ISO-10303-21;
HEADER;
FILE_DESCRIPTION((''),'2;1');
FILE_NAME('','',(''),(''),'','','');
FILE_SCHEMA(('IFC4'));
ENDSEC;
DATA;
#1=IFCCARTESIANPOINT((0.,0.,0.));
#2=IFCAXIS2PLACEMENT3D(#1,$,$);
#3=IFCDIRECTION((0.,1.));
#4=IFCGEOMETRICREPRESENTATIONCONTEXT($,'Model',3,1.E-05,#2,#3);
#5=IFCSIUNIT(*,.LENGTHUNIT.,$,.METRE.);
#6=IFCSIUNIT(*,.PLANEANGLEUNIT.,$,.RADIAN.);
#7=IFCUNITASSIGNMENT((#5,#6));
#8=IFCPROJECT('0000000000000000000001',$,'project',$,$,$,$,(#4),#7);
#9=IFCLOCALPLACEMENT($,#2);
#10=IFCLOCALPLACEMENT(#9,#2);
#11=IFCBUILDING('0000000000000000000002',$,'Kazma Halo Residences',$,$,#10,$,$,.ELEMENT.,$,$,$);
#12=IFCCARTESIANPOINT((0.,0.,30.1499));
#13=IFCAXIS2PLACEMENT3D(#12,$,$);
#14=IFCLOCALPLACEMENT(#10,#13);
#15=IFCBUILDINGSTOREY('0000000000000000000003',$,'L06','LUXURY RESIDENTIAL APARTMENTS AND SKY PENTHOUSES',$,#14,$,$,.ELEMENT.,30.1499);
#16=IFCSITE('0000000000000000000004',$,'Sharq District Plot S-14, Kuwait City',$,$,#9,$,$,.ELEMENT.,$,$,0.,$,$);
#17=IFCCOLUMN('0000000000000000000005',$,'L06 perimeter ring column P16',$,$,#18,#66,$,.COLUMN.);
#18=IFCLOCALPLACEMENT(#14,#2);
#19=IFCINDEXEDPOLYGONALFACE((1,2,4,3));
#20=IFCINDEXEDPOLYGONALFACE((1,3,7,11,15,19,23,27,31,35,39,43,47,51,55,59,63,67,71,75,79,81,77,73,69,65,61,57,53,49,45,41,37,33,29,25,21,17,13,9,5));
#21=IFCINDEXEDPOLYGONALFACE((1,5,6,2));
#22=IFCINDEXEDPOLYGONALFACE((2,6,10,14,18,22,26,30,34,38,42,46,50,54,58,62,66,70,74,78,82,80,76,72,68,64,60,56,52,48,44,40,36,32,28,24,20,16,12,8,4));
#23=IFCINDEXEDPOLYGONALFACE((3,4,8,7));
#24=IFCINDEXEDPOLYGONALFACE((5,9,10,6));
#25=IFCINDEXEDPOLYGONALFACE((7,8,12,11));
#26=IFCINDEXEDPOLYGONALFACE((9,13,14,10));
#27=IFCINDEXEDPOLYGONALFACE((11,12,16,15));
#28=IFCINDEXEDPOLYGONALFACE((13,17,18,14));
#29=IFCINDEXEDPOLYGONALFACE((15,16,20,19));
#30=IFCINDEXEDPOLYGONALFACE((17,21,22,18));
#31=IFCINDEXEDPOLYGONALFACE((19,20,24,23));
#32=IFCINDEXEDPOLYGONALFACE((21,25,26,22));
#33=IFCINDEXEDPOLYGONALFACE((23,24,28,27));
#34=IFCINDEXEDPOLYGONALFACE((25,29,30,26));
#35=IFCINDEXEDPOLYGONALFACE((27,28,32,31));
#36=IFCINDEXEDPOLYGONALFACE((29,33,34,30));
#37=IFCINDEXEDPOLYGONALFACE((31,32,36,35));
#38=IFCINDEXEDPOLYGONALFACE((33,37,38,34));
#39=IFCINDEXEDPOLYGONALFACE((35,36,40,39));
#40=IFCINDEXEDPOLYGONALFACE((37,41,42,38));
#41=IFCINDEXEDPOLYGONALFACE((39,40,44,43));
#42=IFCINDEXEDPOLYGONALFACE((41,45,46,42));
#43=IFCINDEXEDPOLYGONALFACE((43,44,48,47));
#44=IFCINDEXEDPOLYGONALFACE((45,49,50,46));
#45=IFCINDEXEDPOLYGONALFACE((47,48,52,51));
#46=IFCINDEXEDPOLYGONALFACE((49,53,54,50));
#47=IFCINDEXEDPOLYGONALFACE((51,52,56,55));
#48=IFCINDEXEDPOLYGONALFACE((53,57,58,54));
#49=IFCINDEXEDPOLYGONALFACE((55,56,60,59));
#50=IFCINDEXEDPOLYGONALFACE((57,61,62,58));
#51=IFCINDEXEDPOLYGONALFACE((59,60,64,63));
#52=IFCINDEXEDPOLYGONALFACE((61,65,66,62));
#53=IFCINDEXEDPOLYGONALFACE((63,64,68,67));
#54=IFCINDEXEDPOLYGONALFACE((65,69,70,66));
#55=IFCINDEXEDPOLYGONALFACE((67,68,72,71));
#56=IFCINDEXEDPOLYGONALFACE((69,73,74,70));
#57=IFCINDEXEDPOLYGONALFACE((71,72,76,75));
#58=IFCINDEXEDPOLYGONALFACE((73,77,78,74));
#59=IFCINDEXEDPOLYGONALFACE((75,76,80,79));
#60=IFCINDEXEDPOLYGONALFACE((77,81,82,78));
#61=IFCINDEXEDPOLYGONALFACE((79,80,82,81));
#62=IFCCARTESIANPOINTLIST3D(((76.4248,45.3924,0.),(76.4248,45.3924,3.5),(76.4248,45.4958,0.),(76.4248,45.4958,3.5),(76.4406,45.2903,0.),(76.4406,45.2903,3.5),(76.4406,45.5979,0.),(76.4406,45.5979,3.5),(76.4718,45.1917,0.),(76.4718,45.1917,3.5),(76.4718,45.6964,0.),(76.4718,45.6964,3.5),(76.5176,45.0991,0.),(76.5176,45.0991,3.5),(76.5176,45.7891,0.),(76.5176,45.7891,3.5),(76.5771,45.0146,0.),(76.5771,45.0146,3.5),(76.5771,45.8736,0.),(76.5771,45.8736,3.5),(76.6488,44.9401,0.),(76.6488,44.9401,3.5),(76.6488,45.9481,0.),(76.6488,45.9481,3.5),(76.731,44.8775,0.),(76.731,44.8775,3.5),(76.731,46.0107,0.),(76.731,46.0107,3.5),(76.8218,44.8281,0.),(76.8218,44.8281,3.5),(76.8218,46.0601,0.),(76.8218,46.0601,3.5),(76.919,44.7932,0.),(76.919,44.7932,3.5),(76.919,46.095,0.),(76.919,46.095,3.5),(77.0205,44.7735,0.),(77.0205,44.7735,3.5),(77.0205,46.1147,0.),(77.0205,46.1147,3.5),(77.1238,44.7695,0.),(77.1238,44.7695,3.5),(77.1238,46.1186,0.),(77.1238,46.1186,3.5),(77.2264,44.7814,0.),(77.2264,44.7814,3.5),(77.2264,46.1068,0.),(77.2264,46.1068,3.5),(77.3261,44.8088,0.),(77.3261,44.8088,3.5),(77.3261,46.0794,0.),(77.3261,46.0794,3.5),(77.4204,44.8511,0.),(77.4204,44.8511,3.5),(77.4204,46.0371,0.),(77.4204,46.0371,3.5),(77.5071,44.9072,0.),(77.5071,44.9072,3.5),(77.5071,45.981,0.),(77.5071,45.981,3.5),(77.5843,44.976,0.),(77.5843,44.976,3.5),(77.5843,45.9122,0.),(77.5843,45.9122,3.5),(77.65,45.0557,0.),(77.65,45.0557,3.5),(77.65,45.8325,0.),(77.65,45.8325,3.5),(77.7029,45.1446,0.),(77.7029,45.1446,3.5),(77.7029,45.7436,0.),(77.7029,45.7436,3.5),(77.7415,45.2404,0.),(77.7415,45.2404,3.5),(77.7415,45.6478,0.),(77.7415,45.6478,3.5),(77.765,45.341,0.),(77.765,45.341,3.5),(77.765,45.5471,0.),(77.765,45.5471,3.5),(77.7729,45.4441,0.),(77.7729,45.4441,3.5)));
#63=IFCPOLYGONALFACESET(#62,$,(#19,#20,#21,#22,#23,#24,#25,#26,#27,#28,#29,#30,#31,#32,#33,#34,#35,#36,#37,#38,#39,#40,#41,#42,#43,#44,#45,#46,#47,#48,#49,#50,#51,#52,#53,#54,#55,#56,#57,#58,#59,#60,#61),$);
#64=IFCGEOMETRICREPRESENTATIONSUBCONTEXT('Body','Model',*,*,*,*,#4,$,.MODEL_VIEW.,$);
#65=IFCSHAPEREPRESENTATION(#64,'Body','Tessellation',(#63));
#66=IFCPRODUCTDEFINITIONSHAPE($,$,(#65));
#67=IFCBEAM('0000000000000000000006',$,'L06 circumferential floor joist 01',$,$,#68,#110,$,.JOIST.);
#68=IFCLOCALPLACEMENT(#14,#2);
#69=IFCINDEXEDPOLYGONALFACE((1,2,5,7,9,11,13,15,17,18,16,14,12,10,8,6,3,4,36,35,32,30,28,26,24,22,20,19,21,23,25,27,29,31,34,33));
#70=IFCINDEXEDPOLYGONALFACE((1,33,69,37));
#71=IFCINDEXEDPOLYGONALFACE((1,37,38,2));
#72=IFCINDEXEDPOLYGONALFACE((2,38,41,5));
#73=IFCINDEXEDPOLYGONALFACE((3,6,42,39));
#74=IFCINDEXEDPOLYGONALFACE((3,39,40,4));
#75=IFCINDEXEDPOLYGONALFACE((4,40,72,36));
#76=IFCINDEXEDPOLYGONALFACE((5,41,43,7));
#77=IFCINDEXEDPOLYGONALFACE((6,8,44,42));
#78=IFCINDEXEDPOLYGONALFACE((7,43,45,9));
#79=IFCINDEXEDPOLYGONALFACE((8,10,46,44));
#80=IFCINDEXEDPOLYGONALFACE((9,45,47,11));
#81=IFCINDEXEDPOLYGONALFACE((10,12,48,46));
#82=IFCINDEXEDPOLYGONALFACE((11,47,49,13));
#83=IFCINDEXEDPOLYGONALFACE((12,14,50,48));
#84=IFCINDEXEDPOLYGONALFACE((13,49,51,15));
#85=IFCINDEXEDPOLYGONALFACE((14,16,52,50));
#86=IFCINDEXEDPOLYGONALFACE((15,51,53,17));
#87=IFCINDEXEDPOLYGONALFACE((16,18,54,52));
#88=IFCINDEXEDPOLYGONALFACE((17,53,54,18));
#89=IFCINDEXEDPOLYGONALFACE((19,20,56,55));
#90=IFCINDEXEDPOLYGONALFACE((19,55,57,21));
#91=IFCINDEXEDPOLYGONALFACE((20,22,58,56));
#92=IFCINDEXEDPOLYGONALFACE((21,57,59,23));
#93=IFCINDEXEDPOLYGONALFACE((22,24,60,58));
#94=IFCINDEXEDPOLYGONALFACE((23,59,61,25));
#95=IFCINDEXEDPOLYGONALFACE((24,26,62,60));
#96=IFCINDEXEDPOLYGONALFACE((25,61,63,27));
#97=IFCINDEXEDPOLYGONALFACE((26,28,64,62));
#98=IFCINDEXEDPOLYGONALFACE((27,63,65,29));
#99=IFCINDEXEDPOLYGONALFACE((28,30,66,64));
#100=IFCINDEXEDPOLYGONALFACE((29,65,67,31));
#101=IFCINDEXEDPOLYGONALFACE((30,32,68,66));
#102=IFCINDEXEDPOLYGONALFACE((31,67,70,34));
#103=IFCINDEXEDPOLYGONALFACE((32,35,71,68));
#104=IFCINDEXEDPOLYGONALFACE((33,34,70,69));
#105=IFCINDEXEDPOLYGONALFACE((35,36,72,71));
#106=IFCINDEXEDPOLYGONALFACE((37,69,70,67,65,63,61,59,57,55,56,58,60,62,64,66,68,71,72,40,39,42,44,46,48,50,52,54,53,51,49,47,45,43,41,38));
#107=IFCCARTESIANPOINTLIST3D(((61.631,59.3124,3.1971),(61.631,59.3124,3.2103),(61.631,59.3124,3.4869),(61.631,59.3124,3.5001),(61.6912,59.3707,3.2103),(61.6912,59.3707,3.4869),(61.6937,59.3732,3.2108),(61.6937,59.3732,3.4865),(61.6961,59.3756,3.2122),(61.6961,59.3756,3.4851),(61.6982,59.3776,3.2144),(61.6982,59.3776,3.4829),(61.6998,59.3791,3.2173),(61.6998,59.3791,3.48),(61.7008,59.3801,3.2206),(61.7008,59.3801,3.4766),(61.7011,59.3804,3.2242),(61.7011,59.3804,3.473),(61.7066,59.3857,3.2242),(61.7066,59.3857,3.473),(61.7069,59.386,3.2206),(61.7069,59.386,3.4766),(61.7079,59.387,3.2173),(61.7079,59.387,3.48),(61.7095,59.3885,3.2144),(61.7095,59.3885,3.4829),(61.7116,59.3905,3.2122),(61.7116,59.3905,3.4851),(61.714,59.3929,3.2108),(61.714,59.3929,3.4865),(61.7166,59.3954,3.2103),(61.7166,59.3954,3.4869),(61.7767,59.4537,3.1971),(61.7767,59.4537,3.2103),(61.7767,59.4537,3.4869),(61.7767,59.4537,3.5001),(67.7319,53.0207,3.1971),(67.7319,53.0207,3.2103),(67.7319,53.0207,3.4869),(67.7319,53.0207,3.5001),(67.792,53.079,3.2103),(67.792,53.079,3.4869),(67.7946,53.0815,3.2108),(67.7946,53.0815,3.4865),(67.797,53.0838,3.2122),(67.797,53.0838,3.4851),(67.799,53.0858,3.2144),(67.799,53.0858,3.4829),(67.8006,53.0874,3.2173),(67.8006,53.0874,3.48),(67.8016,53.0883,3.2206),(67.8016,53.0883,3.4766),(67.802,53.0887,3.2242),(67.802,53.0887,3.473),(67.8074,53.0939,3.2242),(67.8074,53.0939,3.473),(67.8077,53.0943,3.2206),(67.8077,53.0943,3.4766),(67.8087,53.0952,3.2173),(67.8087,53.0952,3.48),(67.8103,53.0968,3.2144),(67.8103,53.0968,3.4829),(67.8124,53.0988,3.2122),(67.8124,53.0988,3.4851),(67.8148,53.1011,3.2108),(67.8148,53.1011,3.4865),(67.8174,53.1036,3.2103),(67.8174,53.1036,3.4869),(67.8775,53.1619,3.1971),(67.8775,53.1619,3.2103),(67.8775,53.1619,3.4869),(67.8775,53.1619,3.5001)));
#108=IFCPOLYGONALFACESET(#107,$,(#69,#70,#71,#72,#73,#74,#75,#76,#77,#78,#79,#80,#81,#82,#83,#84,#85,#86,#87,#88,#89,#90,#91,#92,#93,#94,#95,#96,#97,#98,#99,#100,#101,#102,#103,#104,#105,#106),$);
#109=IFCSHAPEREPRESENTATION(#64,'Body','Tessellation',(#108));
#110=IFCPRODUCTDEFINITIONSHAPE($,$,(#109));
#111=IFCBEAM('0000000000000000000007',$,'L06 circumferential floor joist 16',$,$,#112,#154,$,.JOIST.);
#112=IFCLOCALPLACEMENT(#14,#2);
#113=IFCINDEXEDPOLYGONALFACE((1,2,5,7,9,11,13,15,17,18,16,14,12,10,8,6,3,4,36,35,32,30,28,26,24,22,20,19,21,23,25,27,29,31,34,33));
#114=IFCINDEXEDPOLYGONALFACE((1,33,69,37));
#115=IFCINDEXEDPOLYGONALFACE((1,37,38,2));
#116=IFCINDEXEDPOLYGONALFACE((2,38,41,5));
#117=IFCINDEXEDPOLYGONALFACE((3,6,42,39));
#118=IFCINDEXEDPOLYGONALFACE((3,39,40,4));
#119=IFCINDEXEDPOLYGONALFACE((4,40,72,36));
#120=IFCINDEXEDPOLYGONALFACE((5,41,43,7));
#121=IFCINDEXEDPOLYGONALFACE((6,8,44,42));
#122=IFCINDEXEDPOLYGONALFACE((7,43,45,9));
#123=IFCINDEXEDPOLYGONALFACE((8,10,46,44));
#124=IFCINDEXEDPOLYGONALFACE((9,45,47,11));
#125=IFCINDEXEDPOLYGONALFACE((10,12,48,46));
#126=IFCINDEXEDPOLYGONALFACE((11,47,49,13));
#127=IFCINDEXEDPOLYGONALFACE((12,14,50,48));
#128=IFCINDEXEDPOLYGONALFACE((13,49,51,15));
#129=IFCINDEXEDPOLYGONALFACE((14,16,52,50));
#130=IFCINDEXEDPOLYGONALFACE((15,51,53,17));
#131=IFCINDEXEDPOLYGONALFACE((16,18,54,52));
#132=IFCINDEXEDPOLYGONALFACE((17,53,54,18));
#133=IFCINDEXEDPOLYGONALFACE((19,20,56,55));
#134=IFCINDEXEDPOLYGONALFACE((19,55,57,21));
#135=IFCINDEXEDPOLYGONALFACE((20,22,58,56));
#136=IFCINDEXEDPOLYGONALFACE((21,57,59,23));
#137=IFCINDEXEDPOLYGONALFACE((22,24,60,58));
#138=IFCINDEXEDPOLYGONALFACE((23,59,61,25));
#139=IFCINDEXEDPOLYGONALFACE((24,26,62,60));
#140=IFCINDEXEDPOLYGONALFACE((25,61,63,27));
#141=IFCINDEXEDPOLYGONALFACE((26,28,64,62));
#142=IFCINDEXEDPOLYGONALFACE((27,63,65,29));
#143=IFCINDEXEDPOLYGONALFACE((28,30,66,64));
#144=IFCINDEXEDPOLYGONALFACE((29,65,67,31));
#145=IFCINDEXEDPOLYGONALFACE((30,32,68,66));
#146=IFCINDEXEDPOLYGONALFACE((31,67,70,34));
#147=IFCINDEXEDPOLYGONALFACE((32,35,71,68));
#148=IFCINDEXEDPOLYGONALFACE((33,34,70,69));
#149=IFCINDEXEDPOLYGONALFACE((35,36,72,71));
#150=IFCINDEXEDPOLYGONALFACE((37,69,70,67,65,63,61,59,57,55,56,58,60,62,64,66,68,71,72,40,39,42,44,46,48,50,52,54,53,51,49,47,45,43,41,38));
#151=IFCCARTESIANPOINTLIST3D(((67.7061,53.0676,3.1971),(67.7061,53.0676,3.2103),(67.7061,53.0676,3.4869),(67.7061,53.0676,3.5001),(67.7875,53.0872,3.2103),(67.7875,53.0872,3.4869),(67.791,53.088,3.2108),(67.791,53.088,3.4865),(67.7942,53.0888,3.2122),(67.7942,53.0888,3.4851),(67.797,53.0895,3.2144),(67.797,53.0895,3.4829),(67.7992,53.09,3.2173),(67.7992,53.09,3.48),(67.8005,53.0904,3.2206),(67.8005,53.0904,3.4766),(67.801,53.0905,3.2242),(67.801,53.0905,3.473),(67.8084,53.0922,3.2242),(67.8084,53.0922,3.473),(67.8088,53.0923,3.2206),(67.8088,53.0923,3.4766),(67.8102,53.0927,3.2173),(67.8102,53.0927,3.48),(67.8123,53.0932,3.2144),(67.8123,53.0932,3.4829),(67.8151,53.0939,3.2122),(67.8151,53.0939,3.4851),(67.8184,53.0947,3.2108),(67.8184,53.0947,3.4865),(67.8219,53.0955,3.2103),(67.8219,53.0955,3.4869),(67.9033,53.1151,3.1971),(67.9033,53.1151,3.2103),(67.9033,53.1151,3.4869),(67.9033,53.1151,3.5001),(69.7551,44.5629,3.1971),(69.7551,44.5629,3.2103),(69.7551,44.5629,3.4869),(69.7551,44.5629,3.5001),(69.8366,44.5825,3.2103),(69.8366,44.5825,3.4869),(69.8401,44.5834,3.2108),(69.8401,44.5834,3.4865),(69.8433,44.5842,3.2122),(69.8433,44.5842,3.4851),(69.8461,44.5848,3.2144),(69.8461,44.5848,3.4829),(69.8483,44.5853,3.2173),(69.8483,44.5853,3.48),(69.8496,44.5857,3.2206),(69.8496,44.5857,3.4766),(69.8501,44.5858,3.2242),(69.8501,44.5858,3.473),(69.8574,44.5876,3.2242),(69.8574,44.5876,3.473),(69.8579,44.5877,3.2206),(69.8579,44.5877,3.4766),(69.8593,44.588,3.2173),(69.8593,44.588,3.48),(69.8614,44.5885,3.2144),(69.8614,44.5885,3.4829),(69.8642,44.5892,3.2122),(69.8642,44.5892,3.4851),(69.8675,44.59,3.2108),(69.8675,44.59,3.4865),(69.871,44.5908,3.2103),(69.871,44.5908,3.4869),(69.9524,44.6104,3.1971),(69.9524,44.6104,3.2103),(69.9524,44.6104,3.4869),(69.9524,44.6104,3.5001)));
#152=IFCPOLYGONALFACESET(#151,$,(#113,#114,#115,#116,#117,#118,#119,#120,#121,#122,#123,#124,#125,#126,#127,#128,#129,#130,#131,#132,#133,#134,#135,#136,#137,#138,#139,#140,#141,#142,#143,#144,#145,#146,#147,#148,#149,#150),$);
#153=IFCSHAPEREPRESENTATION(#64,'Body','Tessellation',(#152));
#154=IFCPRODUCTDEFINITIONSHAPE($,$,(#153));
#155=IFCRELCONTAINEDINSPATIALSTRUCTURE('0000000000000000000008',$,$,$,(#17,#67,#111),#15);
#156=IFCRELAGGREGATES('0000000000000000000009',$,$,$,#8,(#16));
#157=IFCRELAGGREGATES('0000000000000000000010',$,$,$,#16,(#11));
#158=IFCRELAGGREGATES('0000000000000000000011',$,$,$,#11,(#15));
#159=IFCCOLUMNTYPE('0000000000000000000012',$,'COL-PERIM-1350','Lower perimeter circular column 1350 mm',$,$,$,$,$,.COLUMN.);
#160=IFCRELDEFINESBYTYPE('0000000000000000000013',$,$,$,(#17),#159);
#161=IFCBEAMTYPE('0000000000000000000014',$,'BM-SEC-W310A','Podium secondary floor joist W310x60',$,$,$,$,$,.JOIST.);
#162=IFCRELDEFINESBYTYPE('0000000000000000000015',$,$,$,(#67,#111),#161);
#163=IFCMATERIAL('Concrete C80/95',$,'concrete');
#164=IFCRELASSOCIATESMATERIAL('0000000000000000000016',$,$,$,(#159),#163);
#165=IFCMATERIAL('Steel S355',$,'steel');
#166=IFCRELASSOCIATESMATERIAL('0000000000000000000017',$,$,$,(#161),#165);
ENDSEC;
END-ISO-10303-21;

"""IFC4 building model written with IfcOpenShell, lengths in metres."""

from ifc_helpers import new_model, si_unit, direction, frame, origin, origin_2d, place, context, subcontext, project, spatial, circle, i_section, extrude, material, material_profile, profile_set, type_object, element, save


model = new_model("IFC4")

# Units and contexts
model_context = context("Model", 3, precision=1e-05, world=origin(), true_north=direction((0.0, 1.0)))
body_context = subcontext(model_context, "Body", "Model", "MODEL_VIEW")
ifc_project = project(units=[si_unit("LENGTHUNIT", "METRE"), si_unit("PLANEANGLEUNIT", "RADIAN")], contexts=[model_context])

# Site, building, storey
site_placement = place(None, origin())
site = spatial("IfcSite", under=ifc_project, at=site_placement, Name="Sharq District Plot S-14, Kuwait City", CompositionType="ELEMENT", RefElevation=0.0)
building_placement = place(site_placement, origin())
building = spatial("IfcBuilding", under=site, at=building_placement, Name="Kazma Halo Residences", CompositionType="ELEMENT")
storey_placement = place(building_placement, frame((0.0, 0.0, 30.1499)))
storey = spatial("IfcBuildingStorey", under=building, at=storey_placement, Name="L06", Description="LUXURY RESIDENTIAL APARTMENTS AND SKY PENTHOUSES", CompositionType="ELEMENT", Elevation=30.1499)

# Column
ifc_material_1 = material(Name="Concrete C80/95", Category="concrete")
ifc_material_profile_1 = material_profile(ifc_material_1, circle(Radius=0.675, at=origin_2d()), Name="CIRC1350")
ifc_profile_set_1 = profile_set([ifc_material_profile_1], Name="Concrete C80/95")
column_type = type_object("IfcColumnType", Name="COL-PERIM-1350", Description="Lower perimeter circular column 1350 mm", PredefinedType="COLUMN", material=ifc_profile_set_1)
column_placement = place(storey_placement, frame((77.0979, 45.4441, 0.0), z_axis=(0.0, 0.0, 1.0), x_axis=(1.0, 0.0, 0.0)))
element("IfcColumn", 1, at=column_placement, inside=storey, type_object=column_type, Name="L06 perimeter ring column P16", PredefinedType="COLUMN", context=body_context, shape_type="SweptSolid", body=[
    extrude(circle(Radius=0.675, at=origin_2d()), origin(), (0.0, 0.0, 1.0), 3.5),
])

# Beams
ifc_material_2 = material(Name="Steel S355", Category="steel")
ifc_material_profile_2 = material_profile(ifc_material_2, i_section(OverallWidth=0.2029, OverallDepth=0.303, WebThickness=0.0076, FlangeThickness=0.0132, FilletRadius=0.0139, at=origin_2d()), Name="W310x60")
ifc_profile_set_2 = profile_set([ifc_material_profile_2], Name="Steel S355")
beam_type_1 = type_object("IfcBeamType", Name="BM-SEC-W310A", Description="Podium secondary floor joist W310x60", PredefinedType="JOIST", material=ifc_profile_set_2)
beam_1_placement = place(storey_placement, frame((67.8047, 53.0913, 3.3486), z_axis=(-0.696131, 0.717915, 0.0), x_axis=(-0.717915, -0.696131, 0.0)))
element("IfcBeam", 2, at=beam_1_placement, inside=storey, type_object=beam_type_1, Name="L06 circumferential floor joist 01", PredefinedType="JOIST", context=body_context, shape_type="SweptSolid", body=[
    extrude(i_section(OverallWidth=0.2029, OverallDepth=0.303, WebThickness=0.0076, FlangeThickness=0.0132, FilletRadius=0.0139, at=origin_2d()), origin(), (0.0, 0.0, 1.0), 8.7639),
])
beam_2_placement = place(storey_placement, frame((69.8538, 44.5867, 3.3486), z_axis=(-0.234233, 0.97218, 0.0), x_axis=(-0.97218, -0.234233, 0.0)))
element("IfcBeam", 3, at=beam_2_placement, inside=storey, type_object=beam_type_1, Name="L06 circumferential floor joist 16", PredefinedType="JOIST", context=body_context, shape_type="SweptSolid", body=[
    extrude(i_section(OverallWidth=0.2029, OverallDepth=0.303, WebThickness=0.0076, FlangeThickness=0.0132, FilletRadius=0.0139, at=origin_2d()), origin(), (0.0, 0.0, 1.0), 8.748),
])

save(model, "model.ifc")
